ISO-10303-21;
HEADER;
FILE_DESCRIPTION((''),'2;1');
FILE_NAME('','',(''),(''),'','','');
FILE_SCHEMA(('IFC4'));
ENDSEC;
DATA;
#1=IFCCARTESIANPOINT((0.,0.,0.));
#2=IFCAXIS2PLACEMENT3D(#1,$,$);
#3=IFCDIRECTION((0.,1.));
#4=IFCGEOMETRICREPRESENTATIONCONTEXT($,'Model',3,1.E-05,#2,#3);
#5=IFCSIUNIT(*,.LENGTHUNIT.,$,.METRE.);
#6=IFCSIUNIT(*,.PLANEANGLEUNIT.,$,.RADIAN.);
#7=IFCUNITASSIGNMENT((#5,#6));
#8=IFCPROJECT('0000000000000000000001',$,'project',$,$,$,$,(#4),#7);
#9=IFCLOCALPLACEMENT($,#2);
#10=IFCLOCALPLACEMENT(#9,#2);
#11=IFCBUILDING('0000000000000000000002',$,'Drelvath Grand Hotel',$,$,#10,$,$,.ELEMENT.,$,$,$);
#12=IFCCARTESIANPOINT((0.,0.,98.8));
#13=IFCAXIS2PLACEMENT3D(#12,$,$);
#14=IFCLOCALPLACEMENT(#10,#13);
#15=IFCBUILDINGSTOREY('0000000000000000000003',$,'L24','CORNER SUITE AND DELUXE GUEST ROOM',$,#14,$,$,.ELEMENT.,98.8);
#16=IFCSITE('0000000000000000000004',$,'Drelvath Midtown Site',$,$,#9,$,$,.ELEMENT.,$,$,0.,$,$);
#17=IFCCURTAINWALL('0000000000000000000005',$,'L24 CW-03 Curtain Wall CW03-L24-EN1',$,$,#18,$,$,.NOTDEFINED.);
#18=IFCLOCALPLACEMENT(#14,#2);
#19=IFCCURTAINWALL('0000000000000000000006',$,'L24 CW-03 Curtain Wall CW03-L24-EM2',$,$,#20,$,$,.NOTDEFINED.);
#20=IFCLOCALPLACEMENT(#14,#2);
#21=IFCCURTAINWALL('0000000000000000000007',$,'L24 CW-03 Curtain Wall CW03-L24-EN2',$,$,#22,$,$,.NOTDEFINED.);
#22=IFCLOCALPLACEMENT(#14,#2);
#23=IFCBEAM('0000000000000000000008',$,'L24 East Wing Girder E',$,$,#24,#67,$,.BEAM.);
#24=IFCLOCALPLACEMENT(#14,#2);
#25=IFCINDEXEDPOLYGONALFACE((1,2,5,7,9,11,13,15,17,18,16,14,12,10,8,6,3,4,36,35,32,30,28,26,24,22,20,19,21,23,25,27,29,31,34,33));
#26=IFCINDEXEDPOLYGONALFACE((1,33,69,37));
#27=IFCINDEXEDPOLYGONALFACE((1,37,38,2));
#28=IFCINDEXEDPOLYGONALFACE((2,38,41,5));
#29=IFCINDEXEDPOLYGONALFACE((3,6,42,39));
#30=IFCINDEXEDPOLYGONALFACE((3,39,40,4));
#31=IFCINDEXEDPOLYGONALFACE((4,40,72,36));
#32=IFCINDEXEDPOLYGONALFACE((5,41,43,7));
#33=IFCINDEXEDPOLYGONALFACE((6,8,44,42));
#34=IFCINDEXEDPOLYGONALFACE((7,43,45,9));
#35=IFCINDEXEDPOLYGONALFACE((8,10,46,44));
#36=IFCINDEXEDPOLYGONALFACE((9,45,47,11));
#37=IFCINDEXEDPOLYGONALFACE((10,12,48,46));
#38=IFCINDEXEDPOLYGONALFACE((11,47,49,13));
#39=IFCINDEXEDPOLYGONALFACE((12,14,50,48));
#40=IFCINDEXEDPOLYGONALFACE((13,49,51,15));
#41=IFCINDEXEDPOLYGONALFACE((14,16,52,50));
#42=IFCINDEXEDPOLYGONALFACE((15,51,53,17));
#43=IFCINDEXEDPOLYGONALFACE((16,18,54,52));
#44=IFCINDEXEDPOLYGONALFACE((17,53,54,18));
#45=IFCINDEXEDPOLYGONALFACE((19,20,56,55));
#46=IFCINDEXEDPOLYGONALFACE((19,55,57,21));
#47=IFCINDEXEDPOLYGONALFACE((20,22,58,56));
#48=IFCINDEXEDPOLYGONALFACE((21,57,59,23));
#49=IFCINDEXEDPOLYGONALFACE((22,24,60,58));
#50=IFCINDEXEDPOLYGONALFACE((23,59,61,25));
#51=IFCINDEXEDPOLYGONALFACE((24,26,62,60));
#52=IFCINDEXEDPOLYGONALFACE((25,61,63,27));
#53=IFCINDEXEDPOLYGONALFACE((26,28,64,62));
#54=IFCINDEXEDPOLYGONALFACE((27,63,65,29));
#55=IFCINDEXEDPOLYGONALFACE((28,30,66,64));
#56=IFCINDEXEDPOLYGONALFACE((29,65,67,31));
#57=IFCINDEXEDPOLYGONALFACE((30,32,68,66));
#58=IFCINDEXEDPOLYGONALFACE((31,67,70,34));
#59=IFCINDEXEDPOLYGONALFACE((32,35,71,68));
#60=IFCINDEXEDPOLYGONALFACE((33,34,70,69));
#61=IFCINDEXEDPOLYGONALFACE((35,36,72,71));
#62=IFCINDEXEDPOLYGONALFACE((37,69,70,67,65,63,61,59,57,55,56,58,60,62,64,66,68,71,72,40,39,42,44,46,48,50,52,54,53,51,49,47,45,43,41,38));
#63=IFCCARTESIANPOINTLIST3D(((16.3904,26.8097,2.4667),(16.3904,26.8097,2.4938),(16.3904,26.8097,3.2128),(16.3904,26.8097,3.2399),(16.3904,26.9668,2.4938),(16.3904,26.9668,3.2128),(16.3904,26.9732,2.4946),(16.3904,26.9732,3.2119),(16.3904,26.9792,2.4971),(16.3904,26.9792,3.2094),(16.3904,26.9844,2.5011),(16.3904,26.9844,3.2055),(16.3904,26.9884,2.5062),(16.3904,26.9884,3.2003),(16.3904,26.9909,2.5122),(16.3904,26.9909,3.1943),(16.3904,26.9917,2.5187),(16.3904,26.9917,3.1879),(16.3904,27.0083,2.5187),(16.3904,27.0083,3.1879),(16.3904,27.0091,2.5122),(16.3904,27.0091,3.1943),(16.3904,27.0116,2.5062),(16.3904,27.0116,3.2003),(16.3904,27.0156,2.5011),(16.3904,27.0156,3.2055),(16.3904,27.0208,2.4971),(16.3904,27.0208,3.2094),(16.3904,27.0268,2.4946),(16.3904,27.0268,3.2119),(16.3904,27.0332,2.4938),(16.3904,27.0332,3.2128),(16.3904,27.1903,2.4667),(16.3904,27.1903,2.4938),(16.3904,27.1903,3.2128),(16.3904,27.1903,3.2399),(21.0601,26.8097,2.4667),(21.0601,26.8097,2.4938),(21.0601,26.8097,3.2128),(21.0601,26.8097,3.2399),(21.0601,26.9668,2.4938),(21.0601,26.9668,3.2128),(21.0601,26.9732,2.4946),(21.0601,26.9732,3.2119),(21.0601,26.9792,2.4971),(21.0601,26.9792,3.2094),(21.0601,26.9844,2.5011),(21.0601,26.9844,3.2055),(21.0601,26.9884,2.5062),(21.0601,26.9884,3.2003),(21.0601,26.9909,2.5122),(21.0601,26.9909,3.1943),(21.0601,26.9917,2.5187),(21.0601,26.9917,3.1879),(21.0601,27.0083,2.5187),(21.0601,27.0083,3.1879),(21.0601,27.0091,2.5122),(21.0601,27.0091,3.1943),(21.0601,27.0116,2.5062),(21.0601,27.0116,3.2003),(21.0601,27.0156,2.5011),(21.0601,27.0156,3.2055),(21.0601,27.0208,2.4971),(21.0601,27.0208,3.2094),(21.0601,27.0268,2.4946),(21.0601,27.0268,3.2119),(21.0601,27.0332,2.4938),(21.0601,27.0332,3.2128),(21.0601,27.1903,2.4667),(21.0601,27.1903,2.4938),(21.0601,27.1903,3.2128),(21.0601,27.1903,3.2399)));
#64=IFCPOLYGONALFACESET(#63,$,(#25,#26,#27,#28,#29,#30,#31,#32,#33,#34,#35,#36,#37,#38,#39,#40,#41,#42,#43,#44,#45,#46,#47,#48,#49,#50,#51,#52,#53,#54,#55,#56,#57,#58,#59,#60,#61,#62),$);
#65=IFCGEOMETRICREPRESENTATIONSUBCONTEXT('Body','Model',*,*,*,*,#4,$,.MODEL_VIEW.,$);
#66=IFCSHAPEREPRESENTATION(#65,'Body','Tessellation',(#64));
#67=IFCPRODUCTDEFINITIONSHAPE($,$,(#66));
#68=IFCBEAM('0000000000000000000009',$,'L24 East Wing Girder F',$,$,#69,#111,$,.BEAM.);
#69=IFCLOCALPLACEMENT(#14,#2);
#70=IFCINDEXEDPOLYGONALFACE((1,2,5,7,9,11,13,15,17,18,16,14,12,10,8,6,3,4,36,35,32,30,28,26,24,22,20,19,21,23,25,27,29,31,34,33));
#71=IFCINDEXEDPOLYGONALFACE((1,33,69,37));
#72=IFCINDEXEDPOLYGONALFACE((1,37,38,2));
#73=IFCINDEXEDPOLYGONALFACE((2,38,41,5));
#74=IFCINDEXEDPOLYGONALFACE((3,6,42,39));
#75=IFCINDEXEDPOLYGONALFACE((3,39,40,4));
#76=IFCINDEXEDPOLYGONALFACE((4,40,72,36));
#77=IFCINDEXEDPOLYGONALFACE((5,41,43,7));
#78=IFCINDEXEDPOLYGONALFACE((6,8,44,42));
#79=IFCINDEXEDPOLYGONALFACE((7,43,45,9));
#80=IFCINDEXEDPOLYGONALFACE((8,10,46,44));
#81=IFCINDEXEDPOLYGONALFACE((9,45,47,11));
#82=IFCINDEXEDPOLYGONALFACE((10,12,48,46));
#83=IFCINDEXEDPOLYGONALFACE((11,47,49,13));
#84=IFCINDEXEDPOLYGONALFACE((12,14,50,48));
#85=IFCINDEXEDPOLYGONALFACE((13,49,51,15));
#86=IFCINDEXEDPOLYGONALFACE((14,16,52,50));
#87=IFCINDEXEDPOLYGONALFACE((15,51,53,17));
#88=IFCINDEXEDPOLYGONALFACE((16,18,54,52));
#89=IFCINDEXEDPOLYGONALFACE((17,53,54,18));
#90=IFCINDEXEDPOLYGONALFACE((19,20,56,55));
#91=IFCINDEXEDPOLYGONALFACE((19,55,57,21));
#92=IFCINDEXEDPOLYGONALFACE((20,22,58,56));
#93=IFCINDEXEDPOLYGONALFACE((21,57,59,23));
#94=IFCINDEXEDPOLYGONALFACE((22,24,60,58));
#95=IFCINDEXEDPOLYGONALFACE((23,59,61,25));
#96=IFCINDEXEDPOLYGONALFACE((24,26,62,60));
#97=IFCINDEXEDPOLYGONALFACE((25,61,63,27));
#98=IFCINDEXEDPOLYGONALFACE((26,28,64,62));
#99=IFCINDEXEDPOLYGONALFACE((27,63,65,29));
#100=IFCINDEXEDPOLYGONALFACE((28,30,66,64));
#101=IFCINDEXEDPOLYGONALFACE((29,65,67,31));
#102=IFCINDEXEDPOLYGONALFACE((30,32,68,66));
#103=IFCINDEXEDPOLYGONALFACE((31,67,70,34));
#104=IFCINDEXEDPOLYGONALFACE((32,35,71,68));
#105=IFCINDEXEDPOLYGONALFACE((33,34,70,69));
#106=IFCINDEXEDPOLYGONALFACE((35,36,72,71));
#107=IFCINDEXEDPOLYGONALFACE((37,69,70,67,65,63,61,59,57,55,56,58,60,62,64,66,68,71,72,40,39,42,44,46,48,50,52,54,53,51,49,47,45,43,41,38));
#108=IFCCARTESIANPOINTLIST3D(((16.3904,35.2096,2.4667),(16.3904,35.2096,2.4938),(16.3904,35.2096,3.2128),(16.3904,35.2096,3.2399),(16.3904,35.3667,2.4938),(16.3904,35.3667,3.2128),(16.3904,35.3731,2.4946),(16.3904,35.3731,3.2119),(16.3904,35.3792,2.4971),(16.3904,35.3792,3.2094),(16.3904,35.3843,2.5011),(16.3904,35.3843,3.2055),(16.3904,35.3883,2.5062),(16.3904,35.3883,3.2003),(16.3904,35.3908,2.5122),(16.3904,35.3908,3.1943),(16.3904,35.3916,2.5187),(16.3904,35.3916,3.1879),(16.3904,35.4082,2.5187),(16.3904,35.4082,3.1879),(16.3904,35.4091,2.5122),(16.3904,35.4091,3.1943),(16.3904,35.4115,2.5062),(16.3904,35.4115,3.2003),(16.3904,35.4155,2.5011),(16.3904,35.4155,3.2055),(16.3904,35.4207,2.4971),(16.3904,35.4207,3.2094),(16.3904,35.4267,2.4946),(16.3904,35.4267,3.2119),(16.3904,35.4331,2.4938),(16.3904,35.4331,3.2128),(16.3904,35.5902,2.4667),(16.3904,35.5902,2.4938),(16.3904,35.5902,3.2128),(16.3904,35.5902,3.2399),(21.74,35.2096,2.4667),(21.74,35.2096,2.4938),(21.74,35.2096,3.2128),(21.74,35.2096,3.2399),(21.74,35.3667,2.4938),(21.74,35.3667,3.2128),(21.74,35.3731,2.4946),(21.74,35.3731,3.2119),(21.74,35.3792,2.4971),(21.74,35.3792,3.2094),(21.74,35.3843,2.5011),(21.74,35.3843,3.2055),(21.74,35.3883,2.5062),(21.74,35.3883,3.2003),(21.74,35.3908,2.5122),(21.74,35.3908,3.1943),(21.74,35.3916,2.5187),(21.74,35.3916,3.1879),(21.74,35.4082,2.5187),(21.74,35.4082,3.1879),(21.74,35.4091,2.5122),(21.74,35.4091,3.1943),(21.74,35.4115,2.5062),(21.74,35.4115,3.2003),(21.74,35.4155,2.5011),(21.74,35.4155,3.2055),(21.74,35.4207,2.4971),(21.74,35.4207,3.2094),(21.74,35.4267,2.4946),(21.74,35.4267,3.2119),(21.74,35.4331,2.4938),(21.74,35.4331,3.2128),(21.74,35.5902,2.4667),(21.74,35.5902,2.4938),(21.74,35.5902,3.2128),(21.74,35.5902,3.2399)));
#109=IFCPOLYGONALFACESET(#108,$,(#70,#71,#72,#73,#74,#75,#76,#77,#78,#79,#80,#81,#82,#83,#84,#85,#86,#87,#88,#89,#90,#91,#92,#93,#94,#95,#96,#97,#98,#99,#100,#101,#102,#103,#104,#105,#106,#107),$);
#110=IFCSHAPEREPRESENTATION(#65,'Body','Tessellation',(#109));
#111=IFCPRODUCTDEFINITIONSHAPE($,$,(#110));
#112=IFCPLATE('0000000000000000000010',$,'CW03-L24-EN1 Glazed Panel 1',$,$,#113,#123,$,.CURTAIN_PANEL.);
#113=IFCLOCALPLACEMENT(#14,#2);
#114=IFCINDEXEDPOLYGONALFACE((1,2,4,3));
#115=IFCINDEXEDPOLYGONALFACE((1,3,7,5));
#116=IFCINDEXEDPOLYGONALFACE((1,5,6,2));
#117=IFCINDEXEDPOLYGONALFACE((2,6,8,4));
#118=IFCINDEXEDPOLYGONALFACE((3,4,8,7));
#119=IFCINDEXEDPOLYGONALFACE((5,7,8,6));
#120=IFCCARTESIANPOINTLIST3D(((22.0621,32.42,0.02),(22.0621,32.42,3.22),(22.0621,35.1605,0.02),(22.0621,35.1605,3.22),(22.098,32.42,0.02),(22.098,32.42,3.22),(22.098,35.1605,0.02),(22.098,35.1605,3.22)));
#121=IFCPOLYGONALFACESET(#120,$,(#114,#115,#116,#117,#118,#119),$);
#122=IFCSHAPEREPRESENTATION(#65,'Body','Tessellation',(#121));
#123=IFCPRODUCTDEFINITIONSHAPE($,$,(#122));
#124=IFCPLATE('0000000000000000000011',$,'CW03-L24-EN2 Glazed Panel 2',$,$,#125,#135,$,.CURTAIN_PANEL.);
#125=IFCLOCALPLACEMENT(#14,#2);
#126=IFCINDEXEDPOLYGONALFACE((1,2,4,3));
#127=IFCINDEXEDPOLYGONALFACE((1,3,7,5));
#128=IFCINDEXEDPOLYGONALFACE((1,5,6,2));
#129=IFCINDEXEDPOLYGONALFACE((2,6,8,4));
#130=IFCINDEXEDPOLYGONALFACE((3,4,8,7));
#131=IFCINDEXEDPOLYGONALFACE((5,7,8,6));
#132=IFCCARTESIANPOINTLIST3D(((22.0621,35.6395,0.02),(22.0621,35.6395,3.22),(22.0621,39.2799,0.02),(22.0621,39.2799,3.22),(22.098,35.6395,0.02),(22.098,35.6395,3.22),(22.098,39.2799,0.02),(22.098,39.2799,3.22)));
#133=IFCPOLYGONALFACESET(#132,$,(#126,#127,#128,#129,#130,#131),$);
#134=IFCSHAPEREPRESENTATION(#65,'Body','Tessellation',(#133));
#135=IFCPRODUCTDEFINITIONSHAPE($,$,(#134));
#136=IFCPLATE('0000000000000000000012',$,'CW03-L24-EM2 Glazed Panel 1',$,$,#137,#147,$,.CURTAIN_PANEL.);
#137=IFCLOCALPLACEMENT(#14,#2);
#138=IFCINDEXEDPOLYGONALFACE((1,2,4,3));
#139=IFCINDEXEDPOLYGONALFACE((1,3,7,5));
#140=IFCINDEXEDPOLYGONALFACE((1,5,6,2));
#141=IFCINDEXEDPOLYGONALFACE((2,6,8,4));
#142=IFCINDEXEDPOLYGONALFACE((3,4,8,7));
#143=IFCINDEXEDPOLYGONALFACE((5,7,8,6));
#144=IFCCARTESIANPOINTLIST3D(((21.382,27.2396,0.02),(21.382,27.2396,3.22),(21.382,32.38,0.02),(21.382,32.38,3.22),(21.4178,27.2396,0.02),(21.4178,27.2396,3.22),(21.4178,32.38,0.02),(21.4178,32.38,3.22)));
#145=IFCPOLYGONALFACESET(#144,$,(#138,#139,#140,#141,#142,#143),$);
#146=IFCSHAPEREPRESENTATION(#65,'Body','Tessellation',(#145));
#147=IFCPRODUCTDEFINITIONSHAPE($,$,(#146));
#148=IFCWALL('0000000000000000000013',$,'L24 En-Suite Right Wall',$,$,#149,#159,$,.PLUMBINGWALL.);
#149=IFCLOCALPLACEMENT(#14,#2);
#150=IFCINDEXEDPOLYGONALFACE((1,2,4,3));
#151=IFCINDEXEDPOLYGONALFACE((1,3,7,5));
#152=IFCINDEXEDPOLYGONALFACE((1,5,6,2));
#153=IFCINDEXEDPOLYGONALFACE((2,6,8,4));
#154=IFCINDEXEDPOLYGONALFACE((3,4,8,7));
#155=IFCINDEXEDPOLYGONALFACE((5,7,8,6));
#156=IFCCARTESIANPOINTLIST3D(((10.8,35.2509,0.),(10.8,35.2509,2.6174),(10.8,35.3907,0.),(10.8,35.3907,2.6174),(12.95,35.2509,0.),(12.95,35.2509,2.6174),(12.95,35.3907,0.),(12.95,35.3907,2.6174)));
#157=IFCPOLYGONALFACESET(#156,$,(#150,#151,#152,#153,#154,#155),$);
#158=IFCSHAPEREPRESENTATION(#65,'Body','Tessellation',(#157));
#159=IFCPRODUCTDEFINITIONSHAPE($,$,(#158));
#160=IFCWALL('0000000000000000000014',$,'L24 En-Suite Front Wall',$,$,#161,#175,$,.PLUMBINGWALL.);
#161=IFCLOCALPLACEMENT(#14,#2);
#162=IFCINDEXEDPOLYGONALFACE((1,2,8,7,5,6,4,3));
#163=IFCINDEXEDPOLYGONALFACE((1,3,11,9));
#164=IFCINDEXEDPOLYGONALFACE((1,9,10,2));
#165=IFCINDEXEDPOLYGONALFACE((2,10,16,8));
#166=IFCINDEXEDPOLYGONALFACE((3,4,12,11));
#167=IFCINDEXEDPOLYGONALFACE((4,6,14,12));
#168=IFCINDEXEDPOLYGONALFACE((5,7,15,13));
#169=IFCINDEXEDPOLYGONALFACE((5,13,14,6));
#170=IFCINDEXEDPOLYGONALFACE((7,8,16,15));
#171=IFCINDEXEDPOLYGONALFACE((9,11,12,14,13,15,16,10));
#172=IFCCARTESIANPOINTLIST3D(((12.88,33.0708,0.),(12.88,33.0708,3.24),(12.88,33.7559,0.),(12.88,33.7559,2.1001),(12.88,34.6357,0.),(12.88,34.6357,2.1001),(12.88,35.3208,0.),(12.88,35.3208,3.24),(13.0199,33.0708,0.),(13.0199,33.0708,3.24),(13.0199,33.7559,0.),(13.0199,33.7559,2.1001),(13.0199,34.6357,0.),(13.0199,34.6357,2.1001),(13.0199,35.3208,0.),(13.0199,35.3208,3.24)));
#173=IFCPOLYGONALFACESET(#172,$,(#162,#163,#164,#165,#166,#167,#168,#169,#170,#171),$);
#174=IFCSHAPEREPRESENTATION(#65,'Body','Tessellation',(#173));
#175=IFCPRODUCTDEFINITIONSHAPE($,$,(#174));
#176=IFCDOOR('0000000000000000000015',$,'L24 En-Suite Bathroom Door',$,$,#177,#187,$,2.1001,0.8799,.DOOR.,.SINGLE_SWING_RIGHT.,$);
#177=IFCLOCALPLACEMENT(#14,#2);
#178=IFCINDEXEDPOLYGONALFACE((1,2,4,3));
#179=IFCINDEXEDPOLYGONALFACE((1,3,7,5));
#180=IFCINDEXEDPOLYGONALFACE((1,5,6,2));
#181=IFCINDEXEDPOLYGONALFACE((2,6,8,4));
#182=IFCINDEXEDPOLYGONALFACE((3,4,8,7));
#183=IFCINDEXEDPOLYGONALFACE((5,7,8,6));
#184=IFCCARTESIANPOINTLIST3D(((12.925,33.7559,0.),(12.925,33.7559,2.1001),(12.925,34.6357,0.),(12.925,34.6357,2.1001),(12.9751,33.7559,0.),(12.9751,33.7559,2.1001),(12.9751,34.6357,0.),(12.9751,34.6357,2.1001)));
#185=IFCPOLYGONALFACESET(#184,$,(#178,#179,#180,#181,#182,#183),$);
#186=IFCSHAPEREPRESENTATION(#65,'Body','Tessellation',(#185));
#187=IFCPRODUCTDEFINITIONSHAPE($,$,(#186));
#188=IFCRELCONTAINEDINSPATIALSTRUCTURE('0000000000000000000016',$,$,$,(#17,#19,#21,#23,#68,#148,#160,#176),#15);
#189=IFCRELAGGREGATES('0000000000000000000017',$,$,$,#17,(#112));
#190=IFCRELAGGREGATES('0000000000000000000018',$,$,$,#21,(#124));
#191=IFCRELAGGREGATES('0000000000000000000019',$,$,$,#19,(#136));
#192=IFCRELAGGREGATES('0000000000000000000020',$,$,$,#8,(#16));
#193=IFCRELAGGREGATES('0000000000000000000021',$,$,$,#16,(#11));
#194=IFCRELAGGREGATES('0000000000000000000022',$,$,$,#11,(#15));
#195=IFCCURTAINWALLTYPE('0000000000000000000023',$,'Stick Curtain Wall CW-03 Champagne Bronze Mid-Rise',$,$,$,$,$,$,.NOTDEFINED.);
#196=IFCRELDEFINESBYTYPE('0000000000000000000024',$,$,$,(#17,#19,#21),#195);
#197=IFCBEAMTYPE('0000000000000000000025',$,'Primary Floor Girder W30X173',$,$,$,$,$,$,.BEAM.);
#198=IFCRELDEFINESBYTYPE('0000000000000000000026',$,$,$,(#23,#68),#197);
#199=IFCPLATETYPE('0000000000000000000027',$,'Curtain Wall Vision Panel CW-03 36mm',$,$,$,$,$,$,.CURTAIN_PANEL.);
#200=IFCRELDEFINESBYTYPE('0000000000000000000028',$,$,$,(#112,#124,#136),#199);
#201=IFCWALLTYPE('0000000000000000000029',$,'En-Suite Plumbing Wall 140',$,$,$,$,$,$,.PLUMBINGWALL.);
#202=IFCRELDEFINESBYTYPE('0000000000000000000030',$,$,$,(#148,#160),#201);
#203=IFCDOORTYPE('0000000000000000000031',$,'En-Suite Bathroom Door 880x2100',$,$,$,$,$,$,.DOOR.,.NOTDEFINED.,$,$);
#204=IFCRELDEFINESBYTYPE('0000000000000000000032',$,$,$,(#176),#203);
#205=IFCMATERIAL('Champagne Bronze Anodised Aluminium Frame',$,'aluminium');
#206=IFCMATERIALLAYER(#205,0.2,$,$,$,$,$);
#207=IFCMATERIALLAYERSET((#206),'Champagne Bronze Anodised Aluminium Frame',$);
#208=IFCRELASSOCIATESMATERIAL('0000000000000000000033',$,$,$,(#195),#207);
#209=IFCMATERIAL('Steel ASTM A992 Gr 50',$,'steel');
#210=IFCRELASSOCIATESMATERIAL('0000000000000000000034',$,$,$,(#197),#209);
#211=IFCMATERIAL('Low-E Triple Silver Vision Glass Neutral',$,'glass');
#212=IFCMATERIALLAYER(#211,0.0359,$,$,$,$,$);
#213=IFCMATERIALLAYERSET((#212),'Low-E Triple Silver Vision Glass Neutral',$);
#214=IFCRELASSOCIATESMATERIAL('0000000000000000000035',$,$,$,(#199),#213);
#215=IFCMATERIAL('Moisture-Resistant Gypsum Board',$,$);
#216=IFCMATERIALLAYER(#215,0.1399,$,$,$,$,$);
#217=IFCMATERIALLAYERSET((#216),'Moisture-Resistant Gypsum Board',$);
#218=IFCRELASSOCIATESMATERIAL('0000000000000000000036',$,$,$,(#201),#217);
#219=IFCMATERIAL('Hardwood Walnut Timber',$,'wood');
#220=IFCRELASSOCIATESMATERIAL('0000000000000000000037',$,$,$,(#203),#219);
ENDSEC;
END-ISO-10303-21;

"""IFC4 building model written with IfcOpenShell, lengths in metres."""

from ifc_helpers import new_model, si_unit, direction, frame, frame_2d, origin, origin_2d, place, context, subcontext, project, spatial, rectangle, i_section, extrude, material, layer, layer_set, material_profile, profile_set, type_object, element, fill, aggregate, save


model = new_model("IFC4")

# Units and contexts
model_context = context("Model", 3, precision=1e-05, world=origin(), true_north=direction((0.0, 1.0)))
body_context = subcontext(model_context, "Body", "Model", "MODEL_VIEW")
ifc_project = project(units=[si_unit("LENGTHUNIT", "METRE"), si_unit("PLANEANGLEUNIT", "RADIAN")], contexts=[model_context])

# Site, building, storey
site_placement = place(None, origin())
site = spatial("IfcSite", under=ifc_project, at=site_placement, Name="Drelvath Midtown Site", CompositionType="ELEMENT", RefElevation=0.0)
building_placement = place(site_placement, origin())
building = spatial("IfcBuilding", under=site, at=building_placement, Name="Drelvath Grand Hotel", CompositionType="ELEMENT")
storey_placement = place(building_placement, frame((0.0, 0.0, 98.8)))
storey = spatial("IfcBuildingStorey", under=building, at=storey_placement, Name="L24", Description="CORNER SUITE AND DELUXE GUEST ROOM", CompositionType="ELEMENT", Elevation=98.8)

# Curtain walls
ifc_material_1 = material(Name="Champagne Bronze Anodised Aluminium Frame", Category="aluminium")
ifc_layer_1 = layer(ifc_material_1, 0.2)
ifc_layer_set_1 = layer_set([ifc_layer_1], Name="Champagne Bronze Anodised Aluminium Frame")
curtain_wall_type = type_object("IfcCurtainWallType", Name="Stick Curtain Wall CW-03 Champagne Bronze Mid-Rise", PredefinedType="NOTDEFINED", material=ifc_layer_set_1)
curtain_wall_1_placement = place(storey_placement, origin())
curtain_wall_1 = element("IfcCurtainWall", 1, at=curtain_wall_1_placement, inside=storey, type_object=curtain_wall_type, Name="L24 CW-03 Curtain Wall CW03-L24-EN1", PredefinedType="NOTDEFINED")
curtain_wall_2_placement = place(storey_placement, origin())
curtain_wall_2 = element("IfcCurtainWall", 2, at=curtain_wall_2_placement, inside=storey, type_object=curtain_wall_type, Name="L24 CW-03 Curtain Wall CW03-L24-EM2", PredefinedType="NOTDEFINED")

# Curtain wall
curtain_wall_3_placement = place(storey_placement, origin())
curtain_wall_3 = element("IfcCurtainWall", 3, at=curtain_wall_3_placement, inside=storey, type_object=curtain_wall_type, Name="L24 CW-03 Curtain Wall CW03-L24-EN2", PredefinedType="NOTDEFINED")

# Beams
ifc_material_2 = material(Name="Steel ASTM A992 Gr 50", Category="steel")
ifc_material_profile_1 = material_profile(ifc_material_2, i_section(OverallWidth=0.3806, OverallDepth=0.7732, WebThickness=0.0166, FlangeThickness=0.0271, FilletRadius=0.0249, at=origin_2d()), Name="W30X173")
ifc_profile_set_1 = profile_set([ifc_material_profile_1], Name="Steel ASTM A992 Gr 50")
beam_type_1 = type_object("IfcBeamType", Name="Primary Floor Girder W30X173", PredefinedType="BEAM", material=ifc_profile_set_1)
beam_1_placement = place(storey_placement, frame((16.3904, 27.0, 2.8533), z_axis=(1.0, 0.0, 0.0), x_axis=(0.0, 1.0, 0.0)))
element("IfcBeam", 4, at=beam_1_placement, inside=storey, type_object=beam_type_1, Name="L24 East Wing Girder E", PredefinedType="BEAM", context=body_context, shape_type="SweptSolid", body=[
    extrude(i_section(OverallWidth=0.3806, OverallDepth=0.7732, WebThickness=0.0166, FlangeThickness=0.0271, FilletRadius=0.0249, at=origin_2d()), origin(), (0.0, 0.0, 1.0), 4.6697),
])
beam_2_placement = place(storey_placement, frame((16.3904, 35.3999, 2.8533), z_axis=(1.0, 0.0, 0.0), x_axis=(0.0, 1.0, 0.0)))
element("IfcBeam", 5, at=beam_2_placement, inside=storey, type_object=beam_type_1, Name="L24 East Wing Girder F", PredefinedType="BEAM", context=body_context, shape_type="SweptSolid", body=[
    extrude(i_section(OverallWidth=0.3806, OverallDepth=0.7732, WebThickness=0.0166, FlangeThickness=0.0271, FilletRadius=0.0249, at=origin_2d()), origin(), (0.0, 0.0, 1.0), 5.3496),
])

# Plates
ifc_material_3 = material(Name="Low-E Triple Silver Vision Glass Neutral", Category="glass")
ifc_layer_2 = layer(ifc_material_3, 0.0359)
ifc_layer_set_2 = layer_set([ifc_layer_2], Name="Low-E Triple Silver Vision Glass Neutral")
plate_type = type_object("IfcPlateType", Name="Curtain Wall Vision Panel CW-03 36mm", PredefinedType="CURTAIN_PANEL", material=ifc_layer_set_2)
plate_1_placement = place(storey_placement, frame((22.0801, 33.7903, 0.02), z_axis=(0.0, 0.0, 1.0), x_axis=(0.0, -1.0, 0.0)))
plate_1 = element("IfcPlate", 6, at=plate_1_placement, type_object=plate_type, Name="CW03-L24-EN1 Glazed Panel 1", PredefinedType="CURTAIN_PANEL", context=body_context, shape_type="SweptSolid", body=[
    extrude(rectangle(XDim=2.7405, YDim=0.0359, at=origin_2d()), origin(), (0.0, 0.0, 1.0), 3.2),
])
aggregate(curtain_wall_1, [plate_1])
plate_2_placement = place(storey_placement, frame((22.0801, 37.4597, 0.02), z_axis=(0.0, 0.0, 1.0), x_axis=(0.0, -1.0, 0.0)))
plate_2 = element("IfcPlate", 7, at=plate_2_placement, type_object=plate_type, Name="CW03-L24-EN2 Glazed Panel 2", PredefinedType="CURTAIN_PANEL", context=body_context, shape_type="SweptSolid", body=[
    extrude(rectangle(XDim=3.6404, YDim=0.0359, at=origin_2d()), origin(), (0.0, 0.0, 1.0), 3.2),
])
aggregate(curtain_wall_3, [plate_2])
plate_3_placement = place(storey_placement, frame((21.3999, 29.8098, 0.02), z_axis=(0.0, 0.0, 1.0), x_axis=(0.0, -1.0, 0.0)))
plate_3 = element("IfcPlate", 8, at=plate_3_placement, type_object=plate_type, Name="CW03-L24-EM2 Glazed Panel 1", PredefinedType="CURTAIN_PANEL", context=body_context, shape_type="SweptSolid", body=[
    extrude(rectangle(XDim=5.1404, YDim=0.0359, at=origin_2d()), origin(), (0.0, 0.0, 1.0), 3.2),
])
aggregate(curtain_wall_2, [plate_3])

# Wall
ifc_material_4 = material(Name="Moisture-Resistant Gypsum Board")
ifc_layer_3 = layer(ifc_material_4, 0.1399)
ifc_layer_set_3 = layer_set([ifc_layer_3], Name="Moisture-Resistant Gypsum Board")
wall_type_1 = type_object("IfcWallType", Name="En-Suite Plumbing Wall 140", PredefinedType="PLUMBINGWALL", material=ifc_layer_set_3)
wall_1_placement = place(storey_placement, frame((10.8, 35.3208, 0.0), z_axis=(0.0, 0.0, 1.0), x_axis=(1.0, 0.0, 0.0)))
element("IfcWall", 9, at=wall_1_placement, inside=storey, type_object=wall_type_1, Name="L24 En-Suite Right Wall", PredefinedType="PLUMBINGWALL", context=body_context, shape_type="SweptSolid", body=[
    extrude(rectangle(XDim=2.1499, YDim=0.1399, at=frame_2d((1.075, 0.0))), origin(), (0.0, 0.0, 1.0), 2.6174),
])

# Wall, opening, door
wall_2_placement = place(storey_placement, frame((12.95, 33.0708, 0.0), z_axis=(0.0, 0.0, 1.0), x_axis=(0.0, 1.0, 0.0)))
wall_2 = element("IfcWall", 10, at=wall_2_placement, inside=storey, type_object=wall_type_1, Name="L24 En-Suite Front Wall", PredefinedType="PLUMBINGWALL", context=body_context, shape_type="SweptSolid", body=[
    extrude(rectangle(XDim=2.25, YDim=0.1399, at=frame_2d((1.125, 0.0))), origin(), (0.0, 0.0, 1.0), 3.24),
])
opening_1_placement = place(wall_2_placement, frame((0.6851, 0.0, 0.0)))
opening_1 = element("IfcOpeningElement", 11, at=opening_1_placement, cuts=wall_2, PredefinedType="OPENING", context=body_context, shape_type="SweptSolid", body=[
    extrude(rectangle(XDim=0.8799, YDim=2.1001, at=frame_2d((0.4399, 1.05))), frame((0.0, 0.0798, 0.0), z_axis=(0.0, -1.0, 0.0), x_axis=(1.0, 0.0, 0.0)), (0.0, 0.0, 1.0), 0.1599),
])
ifc_material_5 = material(Name="Hardwood Walnut Timber", Category="wood")
door_type = type_object("IfcDoorType", Name="En-Suite Bathroom Door 880x2100", OperationType="NOTDEFINED", PredefinedType="DOOR", material=ifc_material_5)
door_1_placement = place(opening_1_placement, origin())
door_1 = element("IfcDoor", 12, at=door_1_placement, inside=storey, type_object=door_type, Name="L24 En-Suite Bathroom Door", OperationType="SINGLE_SWING_RIGHT", OverallHeight=2.1001, OverallWidth=0.8799, PredefinedType="DOOR", context=body_context, shape_type="SweptSolid", body=[
    extrude(rectangle(XDim=0.8799, YDim=2.1001, at=frame_2d((0.4399, 1.05))), frame((0.0, 0.0249, 0.0), z_axis=(0.0, -1.0, 0.0), x_axis=(1.0, 0.0, 0.0)), (0.0, 0.0, 1.0), 0.05),
])
fill(opening_1, door_1)

save(model, "model.ifc")
